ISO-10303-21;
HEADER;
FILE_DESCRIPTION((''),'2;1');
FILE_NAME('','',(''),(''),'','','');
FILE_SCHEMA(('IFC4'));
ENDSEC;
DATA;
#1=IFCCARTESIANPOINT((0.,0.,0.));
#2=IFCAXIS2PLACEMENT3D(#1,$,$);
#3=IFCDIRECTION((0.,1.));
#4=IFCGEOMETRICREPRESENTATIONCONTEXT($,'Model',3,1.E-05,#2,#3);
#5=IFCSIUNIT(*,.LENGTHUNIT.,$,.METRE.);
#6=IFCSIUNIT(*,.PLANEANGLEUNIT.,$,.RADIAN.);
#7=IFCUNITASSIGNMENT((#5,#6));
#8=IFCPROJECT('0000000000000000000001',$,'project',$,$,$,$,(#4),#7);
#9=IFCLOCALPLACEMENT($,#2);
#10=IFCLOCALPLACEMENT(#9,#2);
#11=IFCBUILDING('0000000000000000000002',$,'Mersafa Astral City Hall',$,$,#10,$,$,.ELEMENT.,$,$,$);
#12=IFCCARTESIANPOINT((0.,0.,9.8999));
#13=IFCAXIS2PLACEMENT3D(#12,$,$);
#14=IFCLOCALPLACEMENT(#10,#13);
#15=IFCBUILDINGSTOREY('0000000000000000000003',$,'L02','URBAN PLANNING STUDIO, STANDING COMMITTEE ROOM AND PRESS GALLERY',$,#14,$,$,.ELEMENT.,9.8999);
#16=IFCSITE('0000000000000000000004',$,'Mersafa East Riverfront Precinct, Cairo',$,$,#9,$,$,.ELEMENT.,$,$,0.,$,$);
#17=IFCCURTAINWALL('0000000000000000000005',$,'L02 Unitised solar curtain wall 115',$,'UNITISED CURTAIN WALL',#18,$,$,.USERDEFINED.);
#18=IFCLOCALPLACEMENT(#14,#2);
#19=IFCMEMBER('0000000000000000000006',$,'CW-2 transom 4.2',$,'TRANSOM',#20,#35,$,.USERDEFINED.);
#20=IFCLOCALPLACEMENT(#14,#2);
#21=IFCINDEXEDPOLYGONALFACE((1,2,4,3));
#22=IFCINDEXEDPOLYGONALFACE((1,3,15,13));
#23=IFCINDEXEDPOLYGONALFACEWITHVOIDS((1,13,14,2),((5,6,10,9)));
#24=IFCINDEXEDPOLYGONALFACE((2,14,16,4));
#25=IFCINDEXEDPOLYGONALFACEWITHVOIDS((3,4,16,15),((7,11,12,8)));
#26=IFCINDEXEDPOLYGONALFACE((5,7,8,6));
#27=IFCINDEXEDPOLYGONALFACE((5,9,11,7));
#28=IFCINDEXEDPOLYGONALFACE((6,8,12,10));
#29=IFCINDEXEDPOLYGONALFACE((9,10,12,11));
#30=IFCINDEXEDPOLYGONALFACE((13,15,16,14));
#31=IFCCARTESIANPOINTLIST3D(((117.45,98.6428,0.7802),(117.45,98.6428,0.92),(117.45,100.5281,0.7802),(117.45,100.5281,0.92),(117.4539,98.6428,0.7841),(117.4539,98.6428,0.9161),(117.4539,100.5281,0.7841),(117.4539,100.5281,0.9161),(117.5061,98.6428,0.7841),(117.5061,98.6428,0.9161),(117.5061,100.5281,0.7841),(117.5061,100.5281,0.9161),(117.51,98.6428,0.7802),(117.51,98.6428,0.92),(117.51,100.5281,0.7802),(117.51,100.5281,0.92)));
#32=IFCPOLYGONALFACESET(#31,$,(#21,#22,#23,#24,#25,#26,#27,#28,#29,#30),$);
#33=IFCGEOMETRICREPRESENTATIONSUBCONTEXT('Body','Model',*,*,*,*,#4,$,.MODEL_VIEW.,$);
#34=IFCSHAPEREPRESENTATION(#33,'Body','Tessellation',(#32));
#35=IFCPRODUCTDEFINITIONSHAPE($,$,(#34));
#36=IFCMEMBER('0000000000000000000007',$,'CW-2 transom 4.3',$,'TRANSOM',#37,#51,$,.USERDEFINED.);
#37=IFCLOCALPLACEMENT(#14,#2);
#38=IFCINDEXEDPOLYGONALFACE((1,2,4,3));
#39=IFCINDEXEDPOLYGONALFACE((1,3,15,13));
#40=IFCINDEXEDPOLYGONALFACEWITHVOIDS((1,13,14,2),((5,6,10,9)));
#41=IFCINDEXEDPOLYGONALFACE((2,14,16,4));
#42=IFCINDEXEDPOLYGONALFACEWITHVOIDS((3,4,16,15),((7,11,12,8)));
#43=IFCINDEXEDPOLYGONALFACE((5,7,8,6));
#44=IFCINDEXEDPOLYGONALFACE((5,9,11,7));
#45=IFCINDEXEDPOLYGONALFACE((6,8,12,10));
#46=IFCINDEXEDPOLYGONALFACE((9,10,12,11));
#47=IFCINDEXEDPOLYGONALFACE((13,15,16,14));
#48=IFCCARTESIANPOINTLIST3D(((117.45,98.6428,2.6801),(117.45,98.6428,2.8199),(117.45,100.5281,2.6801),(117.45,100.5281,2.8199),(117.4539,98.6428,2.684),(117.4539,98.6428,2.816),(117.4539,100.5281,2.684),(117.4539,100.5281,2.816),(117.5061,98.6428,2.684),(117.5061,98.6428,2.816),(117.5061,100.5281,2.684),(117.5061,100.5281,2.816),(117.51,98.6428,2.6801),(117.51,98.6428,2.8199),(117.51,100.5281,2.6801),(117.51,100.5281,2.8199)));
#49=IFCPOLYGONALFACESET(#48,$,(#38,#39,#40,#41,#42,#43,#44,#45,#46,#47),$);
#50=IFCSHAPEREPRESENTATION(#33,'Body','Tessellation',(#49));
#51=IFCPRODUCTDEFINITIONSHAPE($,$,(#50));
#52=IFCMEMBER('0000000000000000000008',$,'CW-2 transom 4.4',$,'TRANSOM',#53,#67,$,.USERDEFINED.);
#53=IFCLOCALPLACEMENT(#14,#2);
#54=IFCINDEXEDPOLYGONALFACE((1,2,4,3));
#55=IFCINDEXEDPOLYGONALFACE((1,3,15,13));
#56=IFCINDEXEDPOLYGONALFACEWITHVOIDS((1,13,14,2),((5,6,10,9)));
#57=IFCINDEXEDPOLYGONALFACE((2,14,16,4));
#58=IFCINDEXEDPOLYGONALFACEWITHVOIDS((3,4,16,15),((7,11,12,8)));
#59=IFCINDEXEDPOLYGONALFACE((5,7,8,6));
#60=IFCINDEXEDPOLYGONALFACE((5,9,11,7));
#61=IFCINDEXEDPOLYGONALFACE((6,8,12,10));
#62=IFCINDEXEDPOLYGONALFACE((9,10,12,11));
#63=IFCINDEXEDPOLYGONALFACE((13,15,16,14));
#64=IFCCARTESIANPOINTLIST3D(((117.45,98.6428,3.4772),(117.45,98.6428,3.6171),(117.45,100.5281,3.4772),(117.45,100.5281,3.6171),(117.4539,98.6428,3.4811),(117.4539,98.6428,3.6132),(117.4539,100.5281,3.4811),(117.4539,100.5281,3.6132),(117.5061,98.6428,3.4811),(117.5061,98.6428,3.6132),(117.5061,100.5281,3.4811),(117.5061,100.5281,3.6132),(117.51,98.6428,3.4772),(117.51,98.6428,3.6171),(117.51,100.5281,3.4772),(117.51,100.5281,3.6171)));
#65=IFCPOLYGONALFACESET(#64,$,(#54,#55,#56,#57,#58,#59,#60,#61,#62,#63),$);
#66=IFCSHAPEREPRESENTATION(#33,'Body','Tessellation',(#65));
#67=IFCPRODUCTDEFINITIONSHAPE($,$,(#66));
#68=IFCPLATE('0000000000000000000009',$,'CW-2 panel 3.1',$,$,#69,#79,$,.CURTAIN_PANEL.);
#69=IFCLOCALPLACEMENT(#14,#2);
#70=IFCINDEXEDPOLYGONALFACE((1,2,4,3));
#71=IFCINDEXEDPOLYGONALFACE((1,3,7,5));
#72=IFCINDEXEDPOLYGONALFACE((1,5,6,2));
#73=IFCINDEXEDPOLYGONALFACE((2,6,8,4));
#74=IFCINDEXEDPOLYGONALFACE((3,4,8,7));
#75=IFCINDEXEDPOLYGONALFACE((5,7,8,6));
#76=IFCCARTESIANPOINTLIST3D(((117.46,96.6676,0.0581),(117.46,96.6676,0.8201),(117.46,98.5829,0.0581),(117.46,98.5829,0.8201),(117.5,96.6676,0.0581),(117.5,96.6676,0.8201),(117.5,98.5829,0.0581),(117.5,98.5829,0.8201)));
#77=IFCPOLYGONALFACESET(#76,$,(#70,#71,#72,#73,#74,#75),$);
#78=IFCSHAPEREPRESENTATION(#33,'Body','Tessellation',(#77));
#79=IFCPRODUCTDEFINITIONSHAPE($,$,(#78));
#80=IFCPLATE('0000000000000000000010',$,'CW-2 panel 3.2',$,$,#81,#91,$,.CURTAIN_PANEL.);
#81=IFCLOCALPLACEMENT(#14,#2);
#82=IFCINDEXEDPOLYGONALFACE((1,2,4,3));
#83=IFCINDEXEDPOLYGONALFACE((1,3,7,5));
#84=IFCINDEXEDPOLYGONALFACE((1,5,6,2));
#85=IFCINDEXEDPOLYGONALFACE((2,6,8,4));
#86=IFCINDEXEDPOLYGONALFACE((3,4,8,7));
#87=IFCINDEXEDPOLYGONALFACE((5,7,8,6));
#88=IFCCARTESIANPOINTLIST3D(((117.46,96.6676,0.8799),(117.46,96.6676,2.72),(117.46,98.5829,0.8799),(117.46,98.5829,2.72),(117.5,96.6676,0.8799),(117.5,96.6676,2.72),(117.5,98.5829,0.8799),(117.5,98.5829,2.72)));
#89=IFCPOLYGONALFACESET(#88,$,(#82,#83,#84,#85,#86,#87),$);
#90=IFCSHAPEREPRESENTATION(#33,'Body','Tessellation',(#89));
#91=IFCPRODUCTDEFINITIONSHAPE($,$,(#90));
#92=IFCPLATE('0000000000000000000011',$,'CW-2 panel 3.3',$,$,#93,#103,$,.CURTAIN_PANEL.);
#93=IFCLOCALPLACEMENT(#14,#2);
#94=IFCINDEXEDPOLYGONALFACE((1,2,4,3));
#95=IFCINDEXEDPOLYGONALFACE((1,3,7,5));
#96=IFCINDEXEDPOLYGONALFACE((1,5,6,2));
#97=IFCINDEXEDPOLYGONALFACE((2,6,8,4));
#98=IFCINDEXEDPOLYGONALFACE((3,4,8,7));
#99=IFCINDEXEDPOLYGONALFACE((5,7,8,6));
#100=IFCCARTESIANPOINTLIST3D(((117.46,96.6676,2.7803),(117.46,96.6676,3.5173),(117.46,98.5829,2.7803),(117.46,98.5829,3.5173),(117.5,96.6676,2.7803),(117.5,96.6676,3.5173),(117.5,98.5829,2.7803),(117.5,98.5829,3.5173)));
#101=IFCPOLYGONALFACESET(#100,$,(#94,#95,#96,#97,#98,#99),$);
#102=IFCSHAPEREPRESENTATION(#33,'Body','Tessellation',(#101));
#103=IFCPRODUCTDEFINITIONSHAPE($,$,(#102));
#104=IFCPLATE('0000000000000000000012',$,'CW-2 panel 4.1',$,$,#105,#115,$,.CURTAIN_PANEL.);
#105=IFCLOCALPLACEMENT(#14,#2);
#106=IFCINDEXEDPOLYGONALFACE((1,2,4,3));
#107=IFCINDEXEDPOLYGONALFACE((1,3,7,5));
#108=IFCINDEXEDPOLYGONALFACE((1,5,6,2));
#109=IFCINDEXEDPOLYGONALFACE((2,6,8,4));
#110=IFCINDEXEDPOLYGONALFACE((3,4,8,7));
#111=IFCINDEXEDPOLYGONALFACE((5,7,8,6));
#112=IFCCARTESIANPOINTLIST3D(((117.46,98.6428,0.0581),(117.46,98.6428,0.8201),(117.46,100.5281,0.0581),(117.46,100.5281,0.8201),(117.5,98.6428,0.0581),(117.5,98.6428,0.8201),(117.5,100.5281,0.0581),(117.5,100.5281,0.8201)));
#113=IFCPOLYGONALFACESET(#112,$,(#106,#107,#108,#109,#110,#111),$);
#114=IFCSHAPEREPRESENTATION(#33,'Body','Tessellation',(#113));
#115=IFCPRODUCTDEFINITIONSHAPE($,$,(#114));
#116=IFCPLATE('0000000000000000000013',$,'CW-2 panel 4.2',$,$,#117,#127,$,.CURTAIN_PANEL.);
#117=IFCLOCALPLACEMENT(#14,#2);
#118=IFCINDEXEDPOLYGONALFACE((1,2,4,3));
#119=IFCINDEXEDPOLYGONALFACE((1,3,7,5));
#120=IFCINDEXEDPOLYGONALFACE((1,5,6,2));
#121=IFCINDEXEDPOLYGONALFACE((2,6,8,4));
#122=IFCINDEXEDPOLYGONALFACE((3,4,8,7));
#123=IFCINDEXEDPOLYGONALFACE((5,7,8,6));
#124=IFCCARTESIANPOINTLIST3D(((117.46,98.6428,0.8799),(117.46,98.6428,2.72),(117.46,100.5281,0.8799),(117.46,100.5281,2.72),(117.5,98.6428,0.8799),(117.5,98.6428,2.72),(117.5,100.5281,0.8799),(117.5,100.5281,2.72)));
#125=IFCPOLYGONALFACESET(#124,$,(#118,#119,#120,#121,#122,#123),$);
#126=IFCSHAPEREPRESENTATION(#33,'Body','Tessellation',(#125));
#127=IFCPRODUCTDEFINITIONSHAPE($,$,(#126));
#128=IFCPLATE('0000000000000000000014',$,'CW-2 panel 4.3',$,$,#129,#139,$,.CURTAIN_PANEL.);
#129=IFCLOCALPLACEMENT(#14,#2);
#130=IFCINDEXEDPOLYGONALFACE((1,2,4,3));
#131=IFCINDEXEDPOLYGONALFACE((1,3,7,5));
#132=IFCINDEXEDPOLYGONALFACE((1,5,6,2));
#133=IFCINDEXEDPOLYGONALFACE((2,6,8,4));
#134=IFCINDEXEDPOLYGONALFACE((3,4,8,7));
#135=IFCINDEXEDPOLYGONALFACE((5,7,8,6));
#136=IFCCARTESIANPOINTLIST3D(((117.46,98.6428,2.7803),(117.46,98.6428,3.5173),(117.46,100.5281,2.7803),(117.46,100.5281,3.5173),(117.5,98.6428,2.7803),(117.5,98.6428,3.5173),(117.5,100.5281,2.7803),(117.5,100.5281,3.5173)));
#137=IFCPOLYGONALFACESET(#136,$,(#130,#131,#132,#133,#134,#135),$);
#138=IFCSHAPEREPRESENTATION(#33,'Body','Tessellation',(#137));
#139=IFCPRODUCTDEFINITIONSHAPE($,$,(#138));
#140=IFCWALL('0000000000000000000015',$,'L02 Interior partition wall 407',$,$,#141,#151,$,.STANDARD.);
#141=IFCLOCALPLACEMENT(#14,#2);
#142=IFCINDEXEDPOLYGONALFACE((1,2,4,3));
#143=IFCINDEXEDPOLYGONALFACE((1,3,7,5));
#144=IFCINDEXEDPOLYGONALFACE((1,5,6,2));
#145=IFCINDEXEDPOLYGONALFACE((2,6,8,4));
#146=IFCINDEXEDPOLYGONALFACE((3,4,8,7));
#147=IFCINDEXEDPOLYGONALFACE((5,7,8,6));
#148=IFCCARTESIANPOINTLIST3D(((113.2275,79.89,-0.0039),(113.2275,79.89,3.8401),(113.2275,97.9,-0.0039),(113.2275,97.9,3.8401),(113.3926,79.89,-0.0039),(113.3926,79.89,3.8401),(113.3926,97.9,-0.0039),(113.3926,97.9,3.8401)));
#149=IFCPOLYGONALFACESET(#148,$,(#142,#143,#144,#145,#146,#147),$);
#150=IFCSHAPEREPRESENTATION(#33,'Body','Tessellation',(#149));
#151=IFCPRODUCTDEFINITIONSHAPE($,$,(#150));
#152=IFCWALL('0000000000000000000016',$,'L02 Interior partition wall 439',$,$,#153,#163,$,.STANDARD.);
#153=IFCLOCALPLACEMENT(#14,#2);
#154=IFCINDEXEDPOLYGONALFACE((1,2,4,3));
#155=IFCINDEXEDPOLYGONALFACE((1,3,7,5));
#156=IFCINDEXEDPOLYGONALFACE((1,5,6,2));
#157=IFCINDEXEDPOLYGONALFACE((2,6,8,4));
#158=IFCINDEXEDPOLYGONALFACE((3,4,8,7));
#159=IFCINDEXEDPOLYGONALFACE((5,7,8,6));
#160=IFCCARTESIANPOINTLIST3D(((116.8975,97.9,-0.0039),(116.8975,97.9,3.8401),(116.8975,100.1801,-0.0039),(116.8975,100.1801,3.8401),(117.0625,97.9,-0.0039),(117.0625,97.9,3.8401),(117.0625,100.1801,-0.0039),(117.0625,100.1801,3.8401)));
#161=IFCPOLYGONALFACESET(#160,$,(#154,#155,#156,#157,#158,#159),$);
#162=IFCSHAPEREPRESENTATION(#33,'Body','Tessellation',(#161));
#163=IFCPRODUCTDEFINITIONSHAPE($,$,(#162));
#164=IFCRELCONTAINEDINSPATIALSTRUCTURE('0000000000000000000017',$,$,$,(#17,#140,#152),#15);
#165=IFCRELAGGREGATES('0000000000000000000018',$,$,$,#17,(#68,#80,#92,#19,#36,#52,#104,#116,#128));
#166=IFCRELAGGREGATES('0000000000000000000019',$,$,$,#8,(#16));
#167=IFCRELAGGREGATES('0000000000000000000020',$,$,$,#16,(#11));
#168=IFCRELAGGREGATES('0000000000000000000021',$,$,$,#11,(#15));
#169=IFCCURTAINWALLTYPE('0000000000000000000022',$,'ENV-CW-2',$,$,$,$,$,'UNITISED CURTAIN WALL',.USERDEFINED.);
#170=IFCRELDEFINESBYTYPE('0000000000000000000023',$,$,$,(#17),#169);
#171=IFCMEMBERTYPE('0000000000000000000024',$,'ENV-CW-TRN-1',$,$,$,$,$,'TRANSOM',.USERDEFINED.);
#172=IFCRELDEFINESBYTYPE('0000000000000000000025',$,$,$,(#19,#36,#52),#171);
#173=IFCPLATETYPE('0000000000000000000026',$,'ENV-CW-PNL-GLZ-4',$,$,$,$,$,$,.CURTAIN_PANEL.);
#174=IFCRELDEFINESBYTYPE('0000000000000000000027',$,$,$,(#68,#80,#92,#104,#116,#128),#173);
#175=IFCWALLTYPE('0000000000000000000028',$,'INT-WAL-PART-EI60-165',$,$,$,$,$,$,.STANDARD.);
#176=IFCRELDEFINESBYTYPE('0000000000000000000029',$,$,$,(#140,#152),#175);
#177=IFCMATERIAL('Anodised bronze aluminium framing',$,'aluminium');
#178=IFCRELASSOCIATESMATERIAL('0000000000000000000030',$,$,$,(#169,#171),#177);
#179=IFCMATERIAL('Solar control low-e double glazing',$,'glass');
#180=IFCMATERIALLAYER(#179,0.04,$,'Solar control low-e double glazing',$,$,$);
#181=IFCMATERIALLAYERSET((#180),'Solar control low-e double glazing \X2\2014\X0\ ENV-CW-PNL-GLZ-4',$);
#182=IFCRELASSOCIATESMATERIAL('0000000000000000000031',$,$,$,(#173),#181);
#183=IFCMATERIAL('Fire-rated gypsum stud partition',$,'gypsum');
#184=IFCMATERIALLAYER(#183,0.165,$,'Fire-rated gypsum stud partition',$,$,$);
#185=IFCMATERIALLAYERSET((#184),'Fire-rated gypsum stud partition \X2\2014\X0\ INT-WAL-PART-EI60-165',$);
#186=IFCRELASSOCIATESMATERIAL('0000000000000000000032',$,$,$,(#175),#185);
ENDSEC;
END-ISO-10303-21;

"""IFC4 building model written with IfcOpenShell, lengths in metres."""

from ifc_helpers import new_model, si_unit, direction, frame, frame_2d, origin, origin_2d, place, context, subcontext, project, spatial, rectangle, hollow_rectangle, extrude, material, layer, layer_set, material_profile, profile_set, type_object, element, aggregate, save


model = new_model("IFC4")

# Units and contexts
model_context = context("Model", 3, precision=1e-05, world=origin(), true_north=direction((0.0, 1.0)))
body_context = subcontext(model_context, "Body", "Model", "MODEL_VIEW")
ifc_project = project(units=[si_unit("LENGTHUNIT", "METRE"), si_unit("PLANEANGLEUNIT", "RADIAN")], contexts=[model_context])

# Site, building, storey
site_placement = place(None, origin())
site = spatial("IfcSite", under=ifc_project, at=site_placement, Name="Mersafa East Riverfront Precinct, Cairo", CompositionType="ELEMENT", RefElevation=0.0)
building_placement = place(site_placement, origin())
building = spatial("IfcBuilding", under=site, at=building_placement, Name="Mersafa Astral City Hall", CompositionType="ELEMENT")
storey_placement = place(building_placement, frame((0.0, 0.0, 9.8999)))
storey = spatial("IfcBuildingStorey", under=building, at=storey_placement, Name="L02", Description="URBAN PLANNING STUDIO, STANDING COMMITTEE ROOM AND PRESS GALLERY", CompositionType="ELEMENT", Elevation=9.8999)

# Curtain wall, members, plates
ifc_material_1 = material(Name="Anodised bronze aluminium framing", Category="aluminium")
curtain_wall_type = type_object("IfcCurtainWallType", Name="ENV-CW-2", ElementType="UNITISED CURTAIN WALL", PredefinedType="USERDEFINED", material=ifc_material_1)
curtain_wall_placement = place(storey_placement, origin())
curtain_wall = element("IfcCurtainWall", 1, at=curtain_wall_placement, inside=storey, type_object=curtain_wall_type, Name="L02 Unitised solar curtain wall 115", ObjectType="UNITISED CURTAIN WALL", PredefinedType="USERDEFINED")
ifc_material_profile_1 = material_profile(ifc_material_1, hollow_rectangle(XDim=0.0601, YDim=0.1399, WallThickness=0.0039, at=origin_2d()), Name="RHS 60x140x4")
ifc_profile_set_1 = profile_set([ifc_material_profile_1], Name="Anodised bronze aluminium framing")
member_type_1 = type_object("IfcMemberType", Name="ENV-CW-TRN-1", ElementType="TRANSOM", PredefinedType="USERDEFINED", material=ifc_profile_set_1)
member_1_placement = place(storey_placement, frame((117.48, 98.6428, 0.8501), z_axis=(0.0, 1.0, 0.0), x_axis=(-1.0, 0.0, 0.0)))
member_1 = element("IfcMember", 2, at=member_1_placement, type_object=member_type_1, Name="CW-2 transom 4.2", ObjectType="TRANSOM", PredefinedType="USERDEFINED", context=body_context, shape_type="SweptSolid", body=[
    extrude(hollow_rectangle(XDim=0.0601, YDim=0.1399, WallThickness=0.0039, at=origin_2d()), origin(), (0.0, 0.0, 1.0), 1.8853),
])
member_2_placement = place(storey_placement, frame((117.48, 98.6428, 2.75), z_axis=(0.0, 1.0, 0.0), x_axis=(-1.0, 0.0, 0.0)))
member_2 = element("IfcMember", 3, at=member_2_placement, type_object=member_type_1, Name="CW-2 transom 4.3", ObjectType="TRANSOM", PredefinedType="USERDEFINED", context=body_context, shape_type="SweptSolid", body=[
    extrude(hollow_rectangle(XDim=0.0601, YDim=0.1399, WallThickness=0.0039, at=origin_2d()), origin(), (0.0, 0.0, 1.0), 1.8853),
])
member_3_placement = place(storey_placement, frame((117.48, 98.6428, 3.5471), z_axis=(0.0, 1.0, 0.0), x_axis=(-1.0, 0.0, 0.0)))
member_3 = element("IfcMember", 4, at=member_3_placement, type_object=member_type_1, Name="CW-2 transom 4.4", ObjectType="TRANSOM", PredefinedType="USERDEFINED", context=body_context, shape_type="SweptSolid", body=[
    extrude(hollow_rectangle(XDim=0.0601, YDim=0.1399, WallThickness=0.0039, at=origin_2d()), origin(), (0.0, 0.0, 1.0), 1.8853),
])
ifc_material_2 = material(Name="Solar control low-e double glazing", Category="glass")
ifc_layer_1 = layer(ifc_material_2, 0.04, Name="Solar control low-e double glazing")
ifc_layer_set_1 = layer_set([ifc_layer_1], Name="Solar control low-e double glazing — ENV-CW-PNL-GLZ-4")
plate_type = type_object("IfcPlateType", Name="ENV-CW-PNL-GLZ-4", PredefinedType="CURTAIN_PANEL", material=ifc_layer_set_1)
plate_1_placement = place(storey_placement, frame((117.48, 97.6252, 0.0581), z_axis=(0.0, 0.0, 1.0), x_axis=(0.0, 1.0, 0.0)))
plate_1 = element("IfcPlate", 5, at=plate_1_placement, type_object=plate_type, Name="CW-2 panel 3.1", PredefinedType="CURTAIN_PANEL", context=body_context, shape_type="SweptSolid", body=[
    extrude(rectangle(XDim=1.9153, YDim=0.04, at=origin_2d()), origin(), (0.0, 0.0, 1.0), 0.762),
])
plate_2_placement = place(storey_placement, frame((117.48, 97.6252, 0.8799), z_axis=(0.0, 0.0, 1.0), x_axis=(0.0, 1.0, 0.0)))
plate_2 = element("IfcPlate", 6, at=plate_2_placement, type_object=plate_type, Name="CW-2 panel 3.2", PredefinedType="CURTAIN_PANEL", context=body_context, shape_type="SweptSolid", body=[
    extrude(rectangle(XDim=1.9153, YDim=0.04, at=origin_2d()), origin(), (0.0, 0.0, 1.0), 1.8401),
])
plate_3_placement = place(storey_placement, frame((117.48, 97.6252, 2.7803), z_axis=(0.0, 0.0, 1.0), x_axis=(0.0, 1.0, 0.0)))
plate_3 = element("IfcPlate", 7, at=plate_3_placement, type_object=plate_type, Name="CW-2 panel 3.3", PredefinedType="CURTAIN_PANEL", context=body_context, shape_type="SweptSolid", body=[
    extrude(rectangle(XDim=1.9153, YDim=0.04, at=origin_2d()), origin(), (0.0, 0.0, 1.0), 0.7371),
])
plate_4_placement = place(storey_placement, frame((117.48, 99.5854, 0.0581), z_axis=(0.0, 0.0, 1.0), x_axis=(0.0, 1.0, 0.0)))
plate_4 = element("IfcPlate", 8, at=plate_4_placement, type_object=plate_type, Name="CW-2 panel 4.1", PredefinedType="CURTAIN_PANEL", context=body_context, shape_type="SweptSolid", body=[
    extrude(rectangle(XDim=1.8853, YDim=0.04, at=origin_2d()), origin(), (0.0, 0.0, 1.0), 0.762),
])
plate_5_placement = place(storey_placement, frame((117.48, 99.5854, 0.8799), z_axis=(0.0, 0.0, 1.0), x_axis=(0.0, 1.0, 0.0)))
plate_5 = element("IfcPlate", 9, at=plate_5_placement, type_object=plate_type, Name="CW-2 panel 4.2", PredefinedType="CURTAIN_PANEL", context=body_context, shape_type="SweptSolid", body=[
    extrude(rectangle(XDim=1.8853, YDim=0.04, at=origin_2d()), origin(), (0.0, 0.0, 1.0), 1.8401),
])
plate_6_placement = place(storey_placement, frame((117.48, 99.5854, 2.7803), z_axis=(0.0, 0.0, 1.0), x_axis=(0.0, 1.0, 0.0)))
plate_6 = element("IfcPlate", 10, at=plate_6_placement, type_object=plate_type, Name="CW-2 panel 4.3", PredefinedType="CURTAIN_PANEL", context=body_context, shape_type="SweptSolid", body=[
    extrude(rectangle(XDim=1.8853, YDim=0.04, at=origin_2d()), origin(), (0.0, 0.0, 1.0), 0.7371),
])
aggregate(curtain_wall, [plate_1, plate_2, plate_3, member_1, member_2, member_3, plate_4, plate_5, plate_6])

# Walls
ifc_material_3 = material(Name="Fire-rated gypsum stud partition", Category="gypsum")
ifc_layer_2 = layer(ifc_material_3, 0.165, Name="Fire-rated gypsum stud partition")
ifc_layer_set_2 = layer_set([ifc_layer_2], Name="Fire-rated gypsum stud partition — INT-WAL-PART-EI60-165")
wall_type_1 = type_object("IfcWallType", Name="INT-WAL-PART-EI60-165", PredefinedType="STANDARD", material=ifc_layer_set_2)
wall_1_placement = place(storey_placement, frame((113.3101, 97.8999, -0.0039), z_axis=(0.0, 0.0, 1.0), x_axis=(0.0, -1.0, 0.0)))
element("IfcWall", 11, at=wall_1_placement, inside=storey, type_object=wall_type_1, Name="L02 Interior partition wall 407", PredefinedType="STANDARD", context=body_context, shape_type="SweptSolid", body=[
    extrude(rectangle(XDim=18.01, YDim=0.165, at=frame_2d((9.0049, 0.0))), origin(), (0.0, 0.0, 1.0), 3.844),
])
wall_2_placement = place(storey_placement, frame((116.98, 97.8999, -0.0039), z_axis=(0.0, 0.0, 1.0), x_axis=(0.0, 1.0, 0.0)))
element("IfcWall", 12, at=wall_2_placement, inside=storey, type_object=wall_type_1, Name="L02 Interior partition wall 439", PredefinedType="STANDARD", context=body_context, shape_type="SweptSolid", body=[
    extrude(rectangle(XDim=2.28, YDim=0.165, at=frame_2d((1.1401, 0.0))), origin(), (0.0, 0.0, 1.0), 3.844),
])

save(model, "model.ifc")
